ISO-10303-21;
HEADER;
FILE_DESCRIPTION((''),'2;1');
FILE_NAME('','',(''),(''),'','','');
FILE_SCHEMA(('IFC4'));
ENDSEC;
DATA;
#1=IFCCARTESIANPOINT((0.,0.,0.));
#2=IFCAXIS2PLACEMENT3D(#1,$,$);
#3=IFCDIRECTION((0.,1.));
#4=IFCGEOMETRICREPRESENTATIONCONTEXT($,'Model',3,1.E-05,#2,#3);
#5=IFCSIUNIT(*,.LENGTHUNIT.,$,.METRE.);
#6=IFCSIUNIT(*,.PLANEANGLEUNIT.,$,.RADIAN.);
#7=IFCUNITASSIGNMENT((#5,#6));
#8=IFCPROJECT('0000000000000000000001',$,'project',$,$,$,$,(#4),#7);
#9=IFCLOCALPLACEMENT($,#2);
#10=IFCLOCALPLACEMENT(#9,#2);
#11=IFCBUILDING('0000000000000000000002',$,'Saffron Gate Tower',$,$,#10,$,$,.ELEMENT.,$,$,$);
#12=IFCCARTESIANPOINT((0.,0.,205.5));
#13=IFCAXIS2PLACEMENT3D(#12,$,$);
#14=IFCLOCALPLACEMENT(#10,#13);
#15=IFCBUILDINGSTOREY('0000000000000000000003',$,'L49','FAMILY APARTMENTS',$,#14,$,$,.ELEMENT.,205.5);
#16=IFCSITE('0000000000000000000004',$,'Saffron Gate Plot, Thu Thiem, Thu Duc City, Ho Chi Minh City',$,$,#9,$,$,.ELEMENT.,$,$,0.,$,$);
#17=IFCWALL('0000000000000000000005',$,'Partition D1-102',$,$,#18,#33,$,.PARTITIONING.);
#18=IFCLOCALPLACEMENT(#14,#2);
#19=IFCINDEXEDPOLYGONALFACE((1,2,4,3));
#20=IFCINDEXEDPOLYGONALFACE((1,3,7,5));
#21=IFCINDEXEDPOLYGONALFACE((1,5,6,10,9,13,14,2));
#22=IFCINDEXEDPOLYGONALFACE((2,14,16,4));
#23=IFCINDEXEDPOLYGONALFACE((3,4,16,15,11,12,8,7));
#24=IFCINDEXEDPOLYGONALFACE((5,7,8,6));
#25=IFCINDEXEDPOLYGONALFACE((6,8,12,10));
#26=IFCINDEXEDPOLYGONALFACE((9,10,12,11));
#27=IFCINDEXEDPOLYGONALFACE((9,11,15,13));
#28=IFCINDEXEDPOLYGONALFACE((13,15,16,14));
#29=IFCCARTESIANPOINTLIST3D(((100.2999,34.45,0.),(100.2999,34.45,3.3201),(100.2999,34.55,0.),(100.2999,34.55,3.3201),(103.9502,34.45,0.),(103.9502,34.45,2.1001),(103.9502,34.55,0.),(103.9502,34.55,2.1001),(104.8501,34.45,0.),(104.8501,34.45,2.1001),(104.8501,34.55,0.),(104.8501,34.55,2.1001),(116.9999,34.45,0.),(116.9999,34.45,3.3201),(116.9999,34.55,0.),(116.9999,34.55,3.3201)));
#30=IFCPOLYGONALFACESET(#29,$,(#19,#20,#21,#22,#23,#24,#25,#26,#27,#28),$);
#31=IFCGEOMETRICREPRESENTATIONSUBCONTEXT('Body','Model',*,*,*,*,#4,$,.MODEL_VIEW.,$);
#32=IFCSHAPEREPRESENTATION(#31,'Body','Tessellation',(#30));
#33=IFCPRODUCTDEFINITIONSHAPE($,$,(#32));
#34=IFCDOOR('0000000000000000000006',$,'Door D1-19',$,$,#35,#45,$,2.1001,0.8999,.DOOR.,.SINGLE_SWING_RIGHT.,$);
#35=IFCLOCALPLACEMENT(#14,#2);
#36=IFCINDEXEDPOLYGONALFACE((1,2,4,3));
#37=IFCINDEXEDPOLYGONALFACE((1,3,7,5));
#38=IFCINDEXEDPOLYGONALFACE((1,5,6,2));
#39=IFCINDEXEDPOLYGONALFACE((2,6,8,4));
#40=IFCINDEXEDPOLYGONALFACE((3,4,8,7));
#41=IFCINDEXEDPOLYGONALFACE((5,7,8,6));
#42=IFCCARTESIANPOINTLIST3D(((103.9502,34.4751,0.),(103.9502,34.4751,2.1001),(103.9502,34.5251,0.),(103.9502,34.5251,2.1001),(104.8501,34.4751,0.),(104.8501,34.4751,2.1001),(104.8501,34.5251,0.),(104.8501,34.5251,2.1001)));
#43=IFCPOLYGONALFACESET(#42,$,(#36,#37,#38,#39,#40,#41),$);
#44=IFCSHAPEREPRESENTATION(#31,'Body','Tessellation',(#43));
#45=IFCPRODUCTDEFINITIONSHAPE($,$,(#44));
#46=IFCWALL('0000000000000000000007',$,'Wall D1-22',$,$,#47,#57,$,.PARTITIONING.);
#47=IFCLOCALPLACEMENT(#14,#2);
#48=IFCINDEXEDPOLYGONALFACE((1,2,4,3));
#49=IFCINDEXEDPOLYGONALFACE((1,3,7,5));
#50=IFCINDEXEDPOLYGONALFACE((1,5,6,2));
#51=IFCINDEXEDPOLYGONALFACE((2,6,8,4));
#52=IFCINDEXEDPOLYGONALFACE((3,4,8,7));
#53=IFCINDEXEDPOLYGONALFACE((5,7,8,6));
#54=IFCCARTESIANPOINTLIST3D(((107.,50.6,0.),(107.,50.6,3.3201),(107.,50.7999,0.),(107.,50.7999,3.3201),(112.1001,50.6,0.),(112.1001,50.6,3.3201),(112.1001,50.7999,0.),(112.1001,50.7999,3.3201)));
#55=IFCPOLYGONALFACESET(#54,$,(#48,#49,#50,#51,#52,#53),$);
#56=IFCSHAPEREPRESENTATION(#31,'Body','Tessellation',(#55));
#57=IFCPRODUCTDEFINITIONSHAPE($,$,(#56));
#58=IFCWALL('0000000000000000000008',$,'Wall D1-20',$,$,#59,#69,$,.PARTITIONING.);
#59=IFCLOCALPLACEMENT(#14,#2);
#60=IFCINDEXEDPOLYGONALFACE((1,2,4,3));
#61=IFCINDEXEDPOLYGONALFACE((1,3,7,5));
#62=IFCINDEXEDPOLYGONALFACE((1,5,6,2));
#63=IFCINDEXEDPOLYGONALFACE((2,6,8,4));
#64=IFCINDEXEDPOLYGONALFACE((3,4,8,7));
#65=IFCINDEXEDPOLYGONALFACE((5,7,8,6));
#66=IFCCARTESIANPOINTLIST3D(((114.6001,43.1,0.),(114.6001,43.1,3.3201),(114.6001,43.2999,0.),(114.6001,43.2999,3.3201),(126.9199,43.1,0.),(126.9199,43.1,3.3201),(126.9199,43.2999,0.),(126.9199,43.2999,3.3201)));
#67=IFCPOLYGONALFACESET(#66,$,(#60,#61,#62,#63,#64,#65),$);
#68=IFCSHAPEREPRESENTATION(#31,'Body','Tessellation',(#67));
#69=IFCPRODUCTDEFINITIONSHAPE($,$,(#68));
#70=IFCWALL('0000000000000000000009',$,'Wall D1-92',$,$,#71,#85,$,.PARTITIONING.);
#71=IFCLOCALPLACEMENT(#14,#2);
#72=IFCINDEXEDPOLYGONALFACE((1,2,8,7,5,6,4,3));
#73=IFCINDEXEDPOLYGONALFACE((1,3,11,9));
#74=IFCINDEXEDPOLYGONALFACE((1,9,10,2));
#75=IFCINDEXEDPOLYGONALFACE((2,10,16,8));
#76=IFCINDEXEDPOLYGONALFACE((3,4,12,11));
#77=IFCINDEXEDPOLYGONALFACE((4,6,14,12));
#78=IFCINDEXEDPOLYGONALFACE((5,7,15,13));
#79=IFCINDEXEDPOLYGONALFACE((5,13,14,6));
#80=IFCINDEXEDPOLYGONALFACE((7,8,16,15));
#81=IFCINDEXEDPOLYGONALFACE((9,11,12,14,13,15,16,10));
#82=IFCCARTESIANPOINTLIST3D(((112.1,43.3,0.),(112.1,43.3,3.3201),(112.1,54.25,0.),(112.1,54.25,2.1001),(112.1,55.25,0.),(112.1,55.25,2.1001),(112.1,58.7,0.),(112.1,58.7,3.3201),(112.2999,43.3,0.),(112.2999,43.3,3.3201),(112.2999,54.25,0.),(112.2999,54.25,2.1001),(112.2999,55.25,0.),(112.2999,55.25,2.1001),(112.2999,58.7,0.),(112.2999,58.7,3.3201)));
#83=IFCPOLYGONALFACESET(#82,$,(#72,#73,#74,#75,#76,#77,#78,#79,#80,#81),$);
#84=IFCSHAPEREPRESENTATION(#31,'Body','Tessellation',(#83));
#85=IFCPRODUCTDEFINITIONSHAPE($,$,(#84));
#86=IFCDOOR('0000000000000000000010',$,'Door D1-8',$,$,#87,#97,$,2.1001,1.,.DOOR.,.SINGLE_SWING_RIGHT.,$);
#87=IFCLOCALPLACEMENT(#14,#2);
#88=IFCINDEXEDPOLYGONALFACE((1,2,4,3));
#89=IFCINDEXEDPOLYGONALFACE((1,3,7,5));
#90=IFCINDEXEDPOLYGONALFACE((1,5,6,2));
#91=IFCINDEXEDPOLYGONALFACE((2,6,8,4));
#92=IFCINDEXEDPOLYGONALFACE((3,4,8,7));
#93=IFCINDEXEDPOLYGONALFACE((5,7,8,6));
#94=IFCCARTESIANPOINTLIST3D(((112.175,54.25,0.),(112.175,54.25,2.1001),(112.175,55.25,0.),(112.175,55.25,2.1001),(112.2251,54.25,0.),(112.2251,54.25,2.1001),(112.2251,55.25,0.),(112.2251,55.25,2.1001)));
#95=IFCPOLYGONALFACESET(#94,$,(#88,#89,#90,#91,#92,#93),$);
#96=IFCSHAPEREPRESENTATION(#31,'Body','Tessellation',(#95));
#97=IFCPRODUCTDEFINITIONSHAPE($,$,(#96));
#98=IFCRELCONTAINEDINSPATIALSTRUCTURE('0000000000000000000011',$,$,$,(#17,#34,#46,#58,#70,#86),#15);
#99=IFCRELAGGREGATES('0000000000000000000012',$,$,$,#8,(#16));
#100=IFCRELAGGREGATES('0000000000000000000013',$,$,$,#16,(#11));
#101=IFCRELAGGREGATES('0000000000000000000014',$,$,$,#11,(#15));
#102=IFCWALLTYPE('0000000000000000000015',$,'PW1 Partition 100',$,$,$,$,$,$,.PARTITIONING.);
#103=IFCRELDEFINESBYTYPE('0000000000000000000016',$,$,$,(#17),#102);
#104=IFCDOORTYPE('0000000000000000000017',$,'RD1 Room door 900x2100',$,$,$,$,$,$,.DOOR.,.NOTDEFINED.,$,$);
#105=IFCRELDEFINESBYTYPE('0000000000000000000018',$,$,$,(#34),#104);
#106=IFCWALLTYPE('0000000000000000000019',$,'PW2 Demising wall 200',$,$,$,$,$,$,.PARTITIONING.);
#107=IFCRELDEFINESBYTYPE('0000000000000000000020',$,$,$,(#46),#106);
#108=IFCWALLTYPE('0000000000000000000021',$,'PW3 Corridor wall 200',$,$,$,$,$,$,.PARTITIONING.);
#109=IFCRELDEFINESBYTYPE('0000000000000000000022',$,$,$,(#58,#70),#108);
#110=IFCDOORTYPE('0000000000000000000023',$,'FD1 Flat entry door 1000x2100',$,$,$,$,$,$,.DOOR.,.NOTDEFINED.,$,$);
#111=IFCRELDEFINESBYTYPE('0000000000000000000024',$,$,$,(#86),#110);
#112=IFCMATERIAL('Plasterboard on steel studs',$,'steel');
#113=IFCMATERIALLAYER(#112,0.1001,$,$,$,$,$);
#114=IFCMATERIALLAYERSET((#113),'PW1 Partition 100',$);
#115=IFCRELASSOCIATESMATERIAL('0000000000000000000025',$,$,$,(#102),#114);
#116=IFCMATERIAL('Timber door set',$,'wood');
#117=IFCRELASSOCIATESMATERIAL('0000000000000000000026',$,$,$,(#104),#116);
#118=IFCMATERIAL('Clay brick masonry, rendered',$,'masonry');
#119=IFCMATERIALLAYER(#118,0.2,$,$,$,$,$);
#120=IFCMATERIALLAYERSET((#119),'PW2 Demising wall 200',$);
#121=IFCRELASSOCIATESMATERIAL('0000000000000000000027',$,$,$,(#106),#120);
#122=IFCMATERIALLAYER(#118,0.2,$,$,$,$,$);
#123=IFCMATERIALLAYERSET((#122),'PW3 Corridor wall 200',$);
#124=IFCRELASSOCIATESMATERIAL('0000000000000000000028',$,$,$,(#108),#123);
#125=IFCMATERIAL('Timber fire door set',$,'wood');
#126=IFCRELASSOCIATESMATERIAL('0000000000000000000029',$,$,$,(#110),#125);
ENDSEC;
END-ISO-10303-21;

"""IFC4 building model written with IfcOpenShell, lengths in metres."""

from ifc_helpers import new_model, si_unit, direction, frame, frame_2d, origin, place, context, subcontext, project, spatial, rectangle, extrude, material, layer, layer_set, type_object, element, fill, save


model = new_model("IFC4")

# Units and contexts
model_context = context("Model", 3, precision=1e-05, world=origin(), true_north=direction((0.0, 1.0)))
body_context = subcontext(model_context, "Body", "Model", "MODEL_VIEW")
ifc_project = project(units=[si_unit("LENGTHUNIT", "METRE"), si_unit("PLANEANGLEUNIT", "RADIAN")], contexts=[model_context])

# Site, building, storey
site_placement = place(None, origin())
site = spatial("IfcSite", under=ifc_project, at=site_placement, Name="Saffron Gate Plot, Thu Thiem, Thu Duc City, Ho Chi Minh City", CompositionType="ELEMENT", RefElevation=0.0)
building_placement = place(site_placement, origin())
building = spatial("IfcBuilding", under=site, at=building_placement, Name="Saffron Gate Tower", CompositionType="ELEMENT")
storey_placement = place(building_placement, frame((0.0, 0.0, 205.5)))
storey = spatial("IfcBuildingStorey", under=building, at=storey_placement, Name="L49", Description="FAMILY APARTMENTS", CompositionType="ELEMENT", Elevation=205.5)

# Shared definitions
ifc_material_1 = material(Name="Plasterboard on steel studs", Category="steel")
ifc_layer_1 = layer(ifc_material_1, 0.1001)
ifc_layer_set_1 = layer_set([ifc_layer_1], Name="PW1 Partition 100")
wall_type_1 = type_object("IfcWallType", Name="PW1 Partition 100", PredefinedType="PARTITIONING", material=ifc_layer_set_1)
ifc_material_2 = material(Name="Timber door set", Category="wood")
door_type_1 = type_object("IfcDoorType", Name="RD1 Room door 900x2100", OperationType="NOTDEFINED", PredefinedType="DOOR", material=ifc_material_2)

# Wall, opening, door
wall_1_placement = place(storey_placement, frame((117.0, 34.5, 0.0), z_axis=(0.0, 0.0, 1.0), x_axis=(-1.0, 0.0, 0.0)))
wall_1 = element("IfcWall", 1, at=wall_1_placement, inside=storey, type_object=wall_type_1, Name="Partition D1-102", PredefinedType="PARTITIONING", context=body_context, shape_type="SweptSolid", body=[
    extrude(rectangle(XDim=16.7, YDim=0.1001, at=frame_2d((8.3501, 0.0))), origin(), (0.0, 0.0, 1.0), 3.3201),
])
opening_1_placement = place(wall_1_placement, frame((12.1499, 0.0, 0.0)))
opening_1 = element("IfcOpeningElement", 2, at=opening_1_placement, cuts=wall_1, PredefinedType="OPENING", context=body_context, shape_type="SweptSolid", body=[
    extrude(rectangle(XDim=0.8999, YDim=2.1001, at=frame_2d((0.45, 1.05))), frame((0.0, 0.0601, 0.0), z_axis=(0.0, -1.0, 0.0), x_axis=(1.0, 0.0, 0.0)), (0.0, 0.0, 1.0), 0.1201),
])
door_1_placement = place(opening_1_placement, origin())
door_1 = element("IfcDoor", 3, at=door_1_placement, inside=storey, type_object=door_type_1, Name="Door D1-19", OperationType="SINGLE_SWING_RIGHT", OverallHeight=2.1001, OverallWidth=0.8999, PredefinedType="DOOR", context=body_context, shape_type="SweptSolid", body=[
    extrude(rectangle(XDim=0.8999, YDim=2.1001, at=frame_2d((0.45, 1.05))), frame((0.0, 0.0249, 0.0), z_axis=(0.0, -1.0, 0.0), x_axis=(1.0, 0.0, 0.0)), (0.0, 0.0, 1.0), 0.05),
])
fill(opening_1, door_1)

# Walls
ifc_material_3 = material(Name="Clay brick masonry, rendered", Category="masonry")
ifc_layer_2 = layer(ifc_material_3, 0.2)
ifc_layer_set_2 = layer_set([ifc_layer_2], Name="PW2 Demising wall 200")
wall_type_2 = type_object("IfcWallType", Name="PW2 Demising wall 200", PredefinedType="PARTITIONING", material=ifc_layer_set_2)
wall_2_placement = place(storey_placement, frame((107.0, 50.7, 0.0), z_axis=(0.0, 0.0, 1.0), x_axis=(1.0, 0.0, 0.0)))
element("IfcWall", 4, at=wall_2_placement, inside=storey, type_object=wall_type_2, Name="Wall D1-22", PredefinedType="PARTITIONING", context=body_context, shape_type="SweptSolid", body=[
    extrude(rectangle(XDim=5.1001, YDim=0.2, at=frame_2d((2.55, 0.0))), origin(), (0.0, 0.0, 1.0), 3.3201),
])
ifc_layer_3 = layer(ifc_material_3, 0.2)
ifc_layer_set_3 = layer_set([ifc_layer_3], Name="PW3 Corridor wall 200")
wall_type_3 = type_object("IfcWallType", Name="PW3 Corridor wall 200", PredefinedType="PARTITIONING", material=ifc_layer_set_3)
wall_3_placement = place(storey_placement, frame((114.6001, 43.2, 0.0), z_axis=(0.0, 0.0, 1.0), x_axis=(1.0, 0.0, 0.0)))
element("IfcWall", 5, at=wall_3_placement, inside=storey, type_object=wall_type_3, Name="Wall D1-20", PredefinedType="PARTITIONING", context=body_context, shape_type="SweptSolid", body=[
    extrude(rectangle(XDim=12.3198, YDim=0.2, at=frame_2d((6.1599, 0.0))), origin(), (0.0, 0.0, 1.0), 3.3201),
])

# Wall, opening, door
wall_4_placement = place(storey_placement, frame((112.2, 43.3, 0.0), z_axis=(0.0, 0.0, 1.0), x_axis=(0.0, 1.0, 0.0)))
wall_4 = element("IfcWall", 6, at=wall_4_placement, inside=storey, type_object=wall_type_3, Name="Wall D1-92", PredefinedType="PARTITIONING", context=body_context, shape_type="SweptSolid", body=[
    extrude(rectangle(XDim=15.3999, YDim=0.2, at=frame_2d((7.7, 0.0))), origin(), (0.0, 0.0, 1.0), 3.3201),
])
opening_2_placement = place(wall_4_placement, frame((10.95, 0.0, 0.0)))
opening_2 = element("IfcOpeningElement", 7, at=opening_2_placement, cuts=wall_4, PredefinedType="OPENING", context=body_context, shape_type="SweptSolid", body=[
    extrude(rectangle(XDim=1.0, YDim=2.1001, at=frame_2d((0.5, 1.05))), frame((0.0, 0.1099, 0.0), z_axis=(0.0, -1.0, 0.0), x_axis=(1.0, 0.0, 0.0)), (0.0, 0.0, 1.0), 0.22),
])
ifc_material_4 = material(Name="Timber fire door set", Category="wood")
door_type_2 = type_object("IfcDoorType", Name="FD1 Flat entry door 1000x2100", OperationType="NOTDEFINED", PredefinedType="DOOR", material=ifc_material_4)
door_2_placement = place(opening_2_placement, origin())
door_2 = element("IfcDoor", 8, at=door_2_placement, inside=storey, type_object=door_type_2, Name="Door D1-8", OperationType="SINGLE_SWING_RIGHT", OverallHeight=2.1001, OverallWidth=1.0, PredefinedType="DOOR", context=body_context, shape_type="SweptSolid", body=[
    extrude(rectangle(XDim=1.0, YDim=2.1001, at=frame_2d((0.5, 1.05))), frame((0.0, 0.0249, 0.0), z_axis=(0.0, -1.0, 0.0), x_axis=(1.0, 0.0, 0.0)), (0.0, 0.0, 1.0), 0.05),
])
fill(opening_2, door_2)

save(model, "model.ifc")
